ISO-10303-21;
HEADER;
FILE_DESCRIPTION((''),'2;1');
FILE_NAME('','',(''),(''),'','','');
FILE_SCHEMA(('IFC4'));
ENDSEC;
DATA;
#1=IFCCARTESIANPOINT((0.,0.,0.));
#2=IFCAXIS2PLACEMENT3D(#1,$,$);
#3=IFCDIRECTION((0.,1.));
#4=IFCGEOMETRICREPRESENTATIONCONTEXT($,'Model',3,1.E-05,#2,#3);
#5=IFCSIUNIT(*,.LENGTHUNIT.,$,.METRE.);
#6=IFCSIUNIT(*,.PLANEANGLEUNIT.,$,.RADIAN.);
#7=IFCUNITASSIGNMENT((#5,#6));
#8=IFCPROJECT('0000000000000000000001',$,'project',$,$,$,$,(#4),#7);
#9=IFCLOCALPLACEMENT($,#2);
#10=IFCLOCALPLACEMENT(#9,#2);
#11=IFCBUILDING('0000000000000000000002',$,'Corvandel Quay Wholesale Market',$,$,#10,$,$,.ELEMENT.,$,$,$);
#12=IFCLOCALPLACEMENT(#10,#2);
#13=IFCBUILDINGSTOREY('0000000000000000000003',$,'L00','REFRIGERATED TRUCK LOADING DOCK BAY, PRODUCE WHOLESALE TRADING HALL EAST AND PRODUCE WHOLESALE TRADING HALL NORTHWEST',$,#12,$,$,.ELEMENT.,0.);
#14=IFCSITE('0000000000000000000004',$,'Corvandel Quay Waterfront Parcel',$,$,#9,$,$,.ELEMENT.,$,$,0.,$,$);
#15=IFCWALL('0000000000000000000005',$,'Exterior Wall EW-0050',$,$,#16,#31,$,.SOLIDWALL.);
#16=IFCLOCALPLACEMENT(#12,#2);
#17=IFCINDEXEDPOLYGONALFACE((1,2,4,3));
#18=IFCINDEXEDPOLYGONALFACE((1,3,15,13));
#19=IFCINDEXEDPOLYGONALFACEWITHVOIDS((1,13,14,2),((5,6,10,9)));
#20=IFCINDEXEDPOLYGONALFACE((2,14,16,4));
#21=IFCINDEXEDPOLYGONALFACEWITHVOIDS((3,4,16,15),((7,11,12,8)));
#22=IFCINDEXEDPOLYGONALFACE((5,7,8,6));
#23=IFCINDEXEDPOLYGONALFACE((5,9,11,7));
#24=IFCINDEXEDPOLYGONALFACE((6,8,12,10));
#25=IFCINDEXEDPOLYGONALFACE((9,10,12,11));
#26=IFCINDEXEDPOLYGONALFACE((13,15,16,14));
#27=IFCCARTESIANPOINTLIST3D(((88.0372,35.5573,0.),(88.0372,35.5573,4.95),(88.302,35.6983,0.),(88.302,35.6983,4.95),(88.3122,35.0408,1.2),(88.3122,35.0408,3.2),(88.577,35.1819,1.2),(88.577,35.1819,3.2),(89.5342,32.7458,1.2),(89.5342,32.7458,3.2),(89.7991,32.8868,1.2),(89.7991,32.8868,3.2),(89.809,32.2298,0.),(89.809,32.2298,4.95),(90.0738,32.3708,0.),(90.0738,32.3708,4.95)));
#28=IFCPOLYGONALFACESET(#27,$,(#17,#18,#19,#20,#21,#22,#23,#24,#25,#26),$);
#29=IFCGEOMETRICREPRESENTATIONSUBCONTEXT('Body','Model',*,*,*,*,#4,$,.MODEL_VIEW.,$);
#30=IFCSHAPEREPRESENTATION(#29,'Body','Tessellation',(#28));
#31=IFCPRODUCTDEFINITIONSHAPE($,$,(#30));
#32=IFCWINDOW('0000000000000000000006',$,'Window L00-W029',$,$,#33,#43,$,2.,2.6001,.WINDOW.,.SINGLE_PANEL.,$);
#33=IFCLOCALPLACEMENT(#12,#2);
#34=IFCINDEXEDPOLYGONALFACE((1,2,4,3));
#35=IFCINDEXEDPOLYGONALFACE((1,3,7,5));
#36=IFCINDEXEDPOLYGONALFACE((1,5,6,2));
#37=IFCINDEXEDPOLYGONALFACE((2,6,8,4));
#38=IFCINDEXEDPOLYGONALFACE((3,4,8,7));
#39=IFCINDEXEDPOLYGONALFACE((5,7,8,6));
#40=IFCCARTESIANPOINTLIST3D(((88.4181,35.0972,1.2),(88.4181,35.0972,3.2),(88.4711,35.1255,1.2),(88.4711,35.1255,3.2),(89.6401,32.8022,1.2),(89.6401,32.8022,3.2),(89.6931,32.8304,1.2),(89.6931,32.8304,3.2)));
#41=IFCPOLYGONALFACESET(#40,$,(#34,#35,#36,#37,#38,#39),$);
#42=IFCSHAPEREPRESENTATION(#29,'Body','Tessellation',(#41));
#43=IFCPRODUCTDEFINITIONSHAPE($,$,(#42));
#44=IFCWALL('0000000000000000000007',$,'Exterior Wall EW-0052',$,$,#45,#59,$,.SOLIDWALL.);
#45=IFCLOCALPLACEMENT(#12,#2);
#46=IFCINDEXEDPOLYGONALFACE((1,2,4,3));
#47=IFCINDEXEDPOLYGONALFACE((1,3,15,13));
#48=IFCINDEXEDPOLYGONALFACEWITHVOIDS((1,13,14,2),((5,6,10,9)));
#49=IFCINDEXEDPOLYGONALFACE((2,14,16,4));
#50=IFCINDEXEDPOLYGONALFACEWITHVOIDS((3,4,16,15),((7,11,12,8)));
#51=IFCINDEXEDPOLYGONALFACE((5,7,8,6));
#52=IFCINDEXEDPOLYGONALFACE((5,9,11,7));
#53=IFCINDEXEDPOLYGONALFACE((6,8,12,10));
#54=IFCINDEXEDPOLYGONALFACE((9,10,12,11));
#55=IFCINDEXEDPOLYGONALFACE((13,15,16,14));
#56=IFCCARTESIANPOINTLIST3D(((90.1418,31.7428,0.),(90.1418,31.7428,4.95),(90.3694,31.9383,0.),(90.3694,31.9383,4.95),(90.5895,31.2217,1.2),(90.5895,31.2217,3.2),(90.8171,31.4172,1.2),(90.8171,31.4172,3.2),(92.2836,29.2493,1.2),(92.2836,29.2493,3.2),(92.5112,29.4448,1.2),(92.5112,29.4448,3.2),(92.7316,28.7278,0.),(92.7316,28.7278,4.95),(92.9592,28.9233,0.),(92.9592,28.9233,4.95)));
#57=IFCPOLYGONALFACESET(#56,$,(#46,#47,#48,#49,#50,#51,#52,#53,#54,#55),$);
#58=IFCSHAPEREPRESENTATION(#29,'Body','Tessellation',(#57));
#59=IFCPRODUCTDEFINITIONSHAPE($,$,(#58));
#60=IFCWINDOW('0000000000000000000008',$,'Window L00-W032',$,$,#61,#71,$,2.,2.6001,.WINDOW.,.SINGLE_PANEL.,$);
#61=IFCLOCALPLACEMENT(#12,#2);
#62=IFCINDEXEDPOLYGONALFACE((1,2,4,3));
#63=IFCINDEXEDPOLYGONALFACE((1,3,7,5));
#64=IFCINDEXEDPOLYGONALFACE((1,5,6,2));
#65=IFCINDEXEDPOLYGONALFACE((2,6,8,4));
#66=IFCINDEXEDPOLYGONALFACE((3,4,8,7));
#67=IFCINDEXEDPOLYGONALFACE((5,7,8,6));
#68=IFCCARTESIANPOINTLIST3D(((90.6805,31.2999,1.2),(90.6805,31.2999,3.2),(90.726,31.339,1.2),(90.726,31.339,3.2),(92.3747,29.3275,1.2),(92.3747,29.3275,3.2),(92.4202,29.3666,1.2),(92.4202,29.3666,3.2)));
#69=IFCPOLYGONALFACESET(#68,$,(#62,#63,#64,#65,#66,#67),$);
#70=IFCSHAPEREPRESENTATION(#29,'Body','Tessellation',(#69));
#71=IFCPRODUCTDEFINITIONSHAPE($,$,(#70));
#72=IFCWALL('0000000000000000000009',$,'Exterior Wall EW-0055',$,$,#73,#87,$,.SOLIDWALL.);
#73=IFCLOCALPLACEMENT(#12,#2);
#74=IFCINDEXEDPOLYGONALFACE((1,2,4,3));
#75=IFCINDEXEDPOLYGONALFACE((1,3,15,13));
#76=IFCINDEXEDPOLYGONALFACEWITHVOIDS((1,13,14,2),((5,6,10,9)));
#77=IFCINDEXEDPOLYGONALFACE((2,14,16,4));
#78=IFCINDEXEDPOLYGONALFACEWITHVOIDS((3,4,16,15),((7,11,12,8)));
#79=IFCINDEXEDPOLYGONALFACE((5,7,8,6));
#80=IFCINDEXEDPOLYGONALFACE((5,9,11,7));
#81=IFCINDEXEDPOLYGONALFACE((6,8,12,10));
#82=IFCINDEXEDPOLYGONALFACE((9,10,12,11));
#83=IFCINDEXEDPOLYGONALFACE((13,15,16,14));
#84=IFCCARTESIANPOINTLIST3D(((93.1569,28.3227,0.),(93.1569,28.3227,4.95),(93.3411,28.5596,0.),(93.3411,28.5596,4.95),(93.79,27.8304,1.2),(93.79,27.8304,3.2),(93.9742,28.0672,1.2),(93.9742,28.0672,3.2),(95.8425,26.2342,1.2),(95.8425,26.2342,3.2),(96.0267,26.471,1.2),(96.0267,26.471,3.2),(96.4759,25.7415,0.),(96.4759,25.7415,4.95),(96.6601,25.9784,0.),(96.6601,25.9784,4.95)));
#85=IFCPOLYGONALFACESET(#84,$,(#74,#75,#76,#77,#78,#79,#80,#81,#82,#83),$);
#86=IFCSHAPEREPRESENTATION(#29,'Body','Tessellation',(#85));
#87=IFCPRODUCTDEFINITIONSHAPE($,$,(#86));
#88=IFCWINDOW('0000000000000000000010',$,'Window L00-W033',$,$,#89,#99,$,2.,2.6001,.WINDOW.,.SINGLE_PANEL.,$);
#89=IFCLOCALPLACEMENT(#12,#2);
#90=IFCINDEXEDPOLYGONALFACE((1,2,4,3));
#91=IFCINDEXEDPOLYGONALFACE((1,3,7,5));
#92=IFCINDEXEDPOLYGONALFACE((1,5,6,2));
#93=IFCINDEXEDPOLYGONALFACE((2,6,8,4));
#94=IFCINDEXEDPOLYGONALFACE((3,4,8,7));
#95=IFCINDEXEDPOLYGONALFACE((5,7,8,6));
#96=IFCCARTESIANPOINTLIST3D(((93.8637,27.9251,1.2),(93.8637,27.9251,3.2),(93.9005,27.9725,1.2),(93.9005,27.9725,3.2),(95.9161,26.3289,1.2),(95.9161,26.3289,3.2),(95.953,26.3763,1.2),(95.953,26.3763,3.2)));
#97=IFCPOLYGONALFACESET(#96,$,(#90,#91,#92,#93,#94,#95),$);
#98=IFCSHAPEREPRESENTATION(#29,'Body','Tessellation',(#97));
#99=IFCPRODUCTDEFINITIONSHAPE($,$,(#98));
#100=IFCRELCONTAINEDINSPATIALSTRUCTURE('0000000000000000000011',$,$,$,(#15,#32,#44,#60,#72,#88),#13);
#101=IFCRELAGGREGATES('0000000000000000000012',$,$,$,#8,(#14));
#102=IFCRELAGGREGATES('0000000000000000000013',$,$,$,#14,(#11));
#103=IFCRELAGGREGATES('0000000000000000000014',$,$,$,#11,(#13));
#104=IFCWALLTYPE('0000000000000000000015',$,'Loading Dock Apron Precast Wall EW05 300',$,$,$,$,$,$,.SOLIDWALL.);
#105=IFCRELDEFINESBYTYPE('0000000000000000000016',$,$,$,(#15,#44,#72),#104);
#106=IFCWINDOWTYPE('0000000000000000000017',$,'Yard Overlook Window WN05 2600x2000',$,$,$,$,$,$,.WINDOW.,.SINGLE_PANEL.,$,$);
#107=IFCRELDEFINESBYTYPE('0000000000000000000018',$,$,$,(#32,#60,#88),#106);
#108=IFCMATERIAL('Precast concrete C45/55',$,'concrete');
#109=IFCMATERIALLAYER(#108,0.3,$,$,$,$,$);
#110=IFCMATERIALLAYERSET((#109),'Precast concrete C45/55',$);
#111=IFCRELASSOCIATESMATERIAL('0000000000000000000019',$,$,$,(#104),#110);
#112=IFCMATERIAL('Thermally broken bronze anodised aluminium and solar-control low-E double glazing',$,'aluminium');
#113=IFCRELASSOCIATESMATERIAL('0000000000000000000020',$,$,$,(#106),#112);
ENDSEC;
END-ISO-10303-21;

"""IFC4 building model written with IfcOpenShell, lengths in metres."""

from ifc_helpers import new_model, si_unit, direction, frame, frame_2d, origin, place, context, subcontext, project, spatial, rectangle, extrude, material, layer, layer_set, type_object, element, fill, save


model = new_model("IFC4")

# Units and contexts
model_context = context("Model", 3, precision=1e-05, world=origin(), true_north=direction((0.0, 1.0)))
body_context = subcontext(model_context, "Body", "Model", "MODEL_VIEW")
ifc_project = project(units=[si_unit("LENGTHUNIT", "METRE"), si_unit("PLANEANGLEUNIT", "RADIAN")], contexts=[model_context])

# Site, building, storey
site_placement = place(None, origin())
site = spatial("IfcSite", under=ifc_project, at=site_placement, Name="Corvandel Quay Waterfront Parcel", CompositionType="ELEMENT", RefElevation=0.0)
building_placement = place(site_placement, origin())
building = spatial("IfcBuilding", under=site, at=building_placement, Name="Corvandel Quay Wholesale Market", CompositionType="ELEMENT")
storey_placement = place(building_placement, origin())
storey = spatial("IfcBuildingStorey", under=building, at=storey_placement, Name="L00", Description="REFRIGERATED TRUCK LOADING DOCK BAY, PRODUCE WHOLESALE TRADING HALL EAST AND PRODUCE WHOLESALE TRADING HALL NORTHWEST", CompositionType="ELEMENT", Elevation=0.0)

# Shared definitions
ifc_material_1 = material(Name="Precast concrete C45/55", Category="concrete")

# Walls, openings, windows
ifc_layer_1 = layer(ifc_material_1, 0.3)
ifc_layer_set_1 = layer_set([ifc_layer_1], Name="Precast concrete C45/55")
wall_type_1 = type_object("IfcWallType", Name="Loading Dock Apron Precast Wall EW05 300", PredefinedType="SOLIDWALL", material=ifc_layer_set_1)
wall_1_placement = place(storey_placement, frame((88.1697, 35.6277, 0.0), z_axis=(0.0, 0.0, 1.0), x_axis=(0.469993, -0.88267, 0.0)))
wall_1 = element("IfcWall", 1, at=wall_1_placement, inside=storey, type_object=wall_type_1, Name="Exterior Wall EW-0050", PredefinedType="SOLIDWALL", context=body_context, shape_type="SweptSolid", body=[
    extrude(rectangle(XDim=3.7698, YDim=0.3, at=frame_2d((1.8848, 0.0))), origin(), (0.0, 0.0, 1.0), 4.95),
])
opening_1_placement = place(wall_1_placement, frame((0.585, 0.0, 1.2)))
opening_1 = element("IfcOpeningElement", 2, at=opening_1_placement, cuts=wall_1, PredefinedType="OPENING", context=body_context, shape_type="SweptSolid", body=[
    extrude(rectangle(XDim=2.6001, YDim=2.0, at=frame_2d((1.3, 1.0))), frame((0.0, 0.1599, 0.0), z_axis=(0.0, -1.0, 0.0), x_axis=(1.0, 0.0, 0.0)), (0.0, 0.0, 1.0), 0.3201),
])
ifc_material_2 = material(Name="Thermally broken bronze anodised aluminium and solar-control low-E double glazing", Category="aluminium")
window_type = type_object("IfcWindowType", Name="Yard Overlook Window WN05 2600x2000", PartitioningType="SINGLE_PANEL", PredefinedType="WINDOW", material=ifc_material_2)
window_1_placement = place(opening_1_placement, origin())
window_1 = element("IfcWindow", 3, at=window_1_placement, inside=storey, type_object=window_type, Name="Window L00-W029", OverallHeight=2.0, OverallWidth=2.6001, PartitioningType="SINGLE_PANEL", PredefinedType="WINDOW", context=body_context, shape_type="SweptSolid", body=[
    extrude(rectangle(XDim=2.6001, YDim=2.0, at=frame_2d((1.3, 1.0))), frame((0.0, 0.03, 0.0), z_axis=(0.0, -1.0, 0.0), x_axis=(1.0, 0.0, 0.0)), (0.0, 0.0, 1.0), 0.0601),
])
fill(opening_1, window_1)
wall_2_placement = place(storey_placement, frame((90.2556, 31.8406, 0.0), z_axis=(0.0, 0.0, 1.0), x_axis=(0.65158, -0.75858, 0.0)))
wall_2 = element("IfcWall", 4, at=wall_2_placement, inside=storey, type_object=wall_type_1, Name="Exterior Wall EW-0052", PredefinedType="SOLIDWALL", context=body_context, shape_type="SweptSolid", body=[
    extrude(rectangle(XDim=3.9746, YDim=0.3, at=frame_2d((1.9873, 0.0))), origin(), (0.0, 0.0, 1.0), 4.95),
])
opening_2_placement = place(wall_2_placement, frame((0.687, 0.0, 1.2)))
opening_2 = element("IfcOpeningElement", 5, at=opening_2_placement, cuts=wall_2, PredefinedType="OPENING", context=body_context, shape_type="SweptSolid", body=[
    extrude(rectangle(XDim=2.6001, YDim=2.0, at=frame_2d((1.3, 1.0))), frame((0.0, 0.1599, 0.0), z_axis=(0.0, -1.0, 0.0), x_axis=(1.0, 0.0, 0.0)), (0.0, 0.0, 1.0), 0.3201),
])
window_2_placement = place(opening_2_placement, origin())
window_2 = element("IfcWindow", 6, at=window_2_placement, inside=storey, type_object=window_type, Name="Window L00-W032", OverallHeight=2.0, OverallWidth=2.6001, PartitioningType="SINGLE_PANEL", PredefinedType="WINDOW", context=body_context, shape_type="SweptSolid", body=[
    extrude(rectangle(XDim=2.6001, YDim=2.0, at=frame_2d((1.3, 1.0))), frame((0.0, 0.03, 0.0), z_axis=(0.0, -1.0, 0.0), x_axis=(1.0, 0.0, 0.0)), (0.0, 0.0, 1.0), 0.0601),
])
fill(opening_2, window_2)
wall_3_placement = place(storey_placement, frame((93.249, 28.4412, 0.0), z_axis=(0.0, 0.0, 1.0), x_axis=(0.789377, -0.613908, 0.0)))
wall_3 = element("IfcWall", 7, at=wall_3_placement, inside=storey, type_object=wall_type_1, Name="Exterior Wall EW-0055", PredefinedType="SOLIDWALL", context=body_context, shape_type="SweptSolid", body=[
    extrude(rectangle(XDim=4.2046, YDim=0.3, at=frame_2d((2.1023, 0.0))), origin(), (0.0, 0.0, 1.0), 4.95),
])
opening_3_placement = place(wall_3_placement, frame((0.802, 0.0, 1.2)))
opening_3 = element("IfcOpeningElement", 8, at=opening_3_placement, cuts=wall_3, PredefinedType="OPENING", context=body_context, shape_type="SweptSolid", body=[
    extrude(rectangle(XDim=2.6001, YDim=2.0, at=frame_2d((1.3, 1.0))), frame((0.0, 0.1599, 0.0), z_axis=(0.0, -1.0, 0.0), x_axis=(1.0, 0.0, 0.0)), (0.0, 0.0, 1.0), 0.3201),
])
window_3_placement = place(opening_3_placement, origin())
window_3 = element("IfcWindow", 9, at=window_3_placement, inside=storey, type_object=window_type, Name="Window L00-W033", OverallHeight=2.0, OverallWidth=2.6001, PartitioningType="SINGLE_PANEL", PredefinedType="WINDOW", context=body_context, shape_type="SweptSolid", body=[
    extrude(rectangle(XDim=2.6001, YDim=2.0, at=frame_2d((1.3, 1.0))), frame((0.0, 0.03, 0.0), z_axis=(0.0, -1.0, 0.0), x_axis=(1.0, 0.0, 0.0)), (0.0, 0.0, 1.0), 0.0601),
])
fill(opening_3, window_3)

save(model, "model.ifc")
